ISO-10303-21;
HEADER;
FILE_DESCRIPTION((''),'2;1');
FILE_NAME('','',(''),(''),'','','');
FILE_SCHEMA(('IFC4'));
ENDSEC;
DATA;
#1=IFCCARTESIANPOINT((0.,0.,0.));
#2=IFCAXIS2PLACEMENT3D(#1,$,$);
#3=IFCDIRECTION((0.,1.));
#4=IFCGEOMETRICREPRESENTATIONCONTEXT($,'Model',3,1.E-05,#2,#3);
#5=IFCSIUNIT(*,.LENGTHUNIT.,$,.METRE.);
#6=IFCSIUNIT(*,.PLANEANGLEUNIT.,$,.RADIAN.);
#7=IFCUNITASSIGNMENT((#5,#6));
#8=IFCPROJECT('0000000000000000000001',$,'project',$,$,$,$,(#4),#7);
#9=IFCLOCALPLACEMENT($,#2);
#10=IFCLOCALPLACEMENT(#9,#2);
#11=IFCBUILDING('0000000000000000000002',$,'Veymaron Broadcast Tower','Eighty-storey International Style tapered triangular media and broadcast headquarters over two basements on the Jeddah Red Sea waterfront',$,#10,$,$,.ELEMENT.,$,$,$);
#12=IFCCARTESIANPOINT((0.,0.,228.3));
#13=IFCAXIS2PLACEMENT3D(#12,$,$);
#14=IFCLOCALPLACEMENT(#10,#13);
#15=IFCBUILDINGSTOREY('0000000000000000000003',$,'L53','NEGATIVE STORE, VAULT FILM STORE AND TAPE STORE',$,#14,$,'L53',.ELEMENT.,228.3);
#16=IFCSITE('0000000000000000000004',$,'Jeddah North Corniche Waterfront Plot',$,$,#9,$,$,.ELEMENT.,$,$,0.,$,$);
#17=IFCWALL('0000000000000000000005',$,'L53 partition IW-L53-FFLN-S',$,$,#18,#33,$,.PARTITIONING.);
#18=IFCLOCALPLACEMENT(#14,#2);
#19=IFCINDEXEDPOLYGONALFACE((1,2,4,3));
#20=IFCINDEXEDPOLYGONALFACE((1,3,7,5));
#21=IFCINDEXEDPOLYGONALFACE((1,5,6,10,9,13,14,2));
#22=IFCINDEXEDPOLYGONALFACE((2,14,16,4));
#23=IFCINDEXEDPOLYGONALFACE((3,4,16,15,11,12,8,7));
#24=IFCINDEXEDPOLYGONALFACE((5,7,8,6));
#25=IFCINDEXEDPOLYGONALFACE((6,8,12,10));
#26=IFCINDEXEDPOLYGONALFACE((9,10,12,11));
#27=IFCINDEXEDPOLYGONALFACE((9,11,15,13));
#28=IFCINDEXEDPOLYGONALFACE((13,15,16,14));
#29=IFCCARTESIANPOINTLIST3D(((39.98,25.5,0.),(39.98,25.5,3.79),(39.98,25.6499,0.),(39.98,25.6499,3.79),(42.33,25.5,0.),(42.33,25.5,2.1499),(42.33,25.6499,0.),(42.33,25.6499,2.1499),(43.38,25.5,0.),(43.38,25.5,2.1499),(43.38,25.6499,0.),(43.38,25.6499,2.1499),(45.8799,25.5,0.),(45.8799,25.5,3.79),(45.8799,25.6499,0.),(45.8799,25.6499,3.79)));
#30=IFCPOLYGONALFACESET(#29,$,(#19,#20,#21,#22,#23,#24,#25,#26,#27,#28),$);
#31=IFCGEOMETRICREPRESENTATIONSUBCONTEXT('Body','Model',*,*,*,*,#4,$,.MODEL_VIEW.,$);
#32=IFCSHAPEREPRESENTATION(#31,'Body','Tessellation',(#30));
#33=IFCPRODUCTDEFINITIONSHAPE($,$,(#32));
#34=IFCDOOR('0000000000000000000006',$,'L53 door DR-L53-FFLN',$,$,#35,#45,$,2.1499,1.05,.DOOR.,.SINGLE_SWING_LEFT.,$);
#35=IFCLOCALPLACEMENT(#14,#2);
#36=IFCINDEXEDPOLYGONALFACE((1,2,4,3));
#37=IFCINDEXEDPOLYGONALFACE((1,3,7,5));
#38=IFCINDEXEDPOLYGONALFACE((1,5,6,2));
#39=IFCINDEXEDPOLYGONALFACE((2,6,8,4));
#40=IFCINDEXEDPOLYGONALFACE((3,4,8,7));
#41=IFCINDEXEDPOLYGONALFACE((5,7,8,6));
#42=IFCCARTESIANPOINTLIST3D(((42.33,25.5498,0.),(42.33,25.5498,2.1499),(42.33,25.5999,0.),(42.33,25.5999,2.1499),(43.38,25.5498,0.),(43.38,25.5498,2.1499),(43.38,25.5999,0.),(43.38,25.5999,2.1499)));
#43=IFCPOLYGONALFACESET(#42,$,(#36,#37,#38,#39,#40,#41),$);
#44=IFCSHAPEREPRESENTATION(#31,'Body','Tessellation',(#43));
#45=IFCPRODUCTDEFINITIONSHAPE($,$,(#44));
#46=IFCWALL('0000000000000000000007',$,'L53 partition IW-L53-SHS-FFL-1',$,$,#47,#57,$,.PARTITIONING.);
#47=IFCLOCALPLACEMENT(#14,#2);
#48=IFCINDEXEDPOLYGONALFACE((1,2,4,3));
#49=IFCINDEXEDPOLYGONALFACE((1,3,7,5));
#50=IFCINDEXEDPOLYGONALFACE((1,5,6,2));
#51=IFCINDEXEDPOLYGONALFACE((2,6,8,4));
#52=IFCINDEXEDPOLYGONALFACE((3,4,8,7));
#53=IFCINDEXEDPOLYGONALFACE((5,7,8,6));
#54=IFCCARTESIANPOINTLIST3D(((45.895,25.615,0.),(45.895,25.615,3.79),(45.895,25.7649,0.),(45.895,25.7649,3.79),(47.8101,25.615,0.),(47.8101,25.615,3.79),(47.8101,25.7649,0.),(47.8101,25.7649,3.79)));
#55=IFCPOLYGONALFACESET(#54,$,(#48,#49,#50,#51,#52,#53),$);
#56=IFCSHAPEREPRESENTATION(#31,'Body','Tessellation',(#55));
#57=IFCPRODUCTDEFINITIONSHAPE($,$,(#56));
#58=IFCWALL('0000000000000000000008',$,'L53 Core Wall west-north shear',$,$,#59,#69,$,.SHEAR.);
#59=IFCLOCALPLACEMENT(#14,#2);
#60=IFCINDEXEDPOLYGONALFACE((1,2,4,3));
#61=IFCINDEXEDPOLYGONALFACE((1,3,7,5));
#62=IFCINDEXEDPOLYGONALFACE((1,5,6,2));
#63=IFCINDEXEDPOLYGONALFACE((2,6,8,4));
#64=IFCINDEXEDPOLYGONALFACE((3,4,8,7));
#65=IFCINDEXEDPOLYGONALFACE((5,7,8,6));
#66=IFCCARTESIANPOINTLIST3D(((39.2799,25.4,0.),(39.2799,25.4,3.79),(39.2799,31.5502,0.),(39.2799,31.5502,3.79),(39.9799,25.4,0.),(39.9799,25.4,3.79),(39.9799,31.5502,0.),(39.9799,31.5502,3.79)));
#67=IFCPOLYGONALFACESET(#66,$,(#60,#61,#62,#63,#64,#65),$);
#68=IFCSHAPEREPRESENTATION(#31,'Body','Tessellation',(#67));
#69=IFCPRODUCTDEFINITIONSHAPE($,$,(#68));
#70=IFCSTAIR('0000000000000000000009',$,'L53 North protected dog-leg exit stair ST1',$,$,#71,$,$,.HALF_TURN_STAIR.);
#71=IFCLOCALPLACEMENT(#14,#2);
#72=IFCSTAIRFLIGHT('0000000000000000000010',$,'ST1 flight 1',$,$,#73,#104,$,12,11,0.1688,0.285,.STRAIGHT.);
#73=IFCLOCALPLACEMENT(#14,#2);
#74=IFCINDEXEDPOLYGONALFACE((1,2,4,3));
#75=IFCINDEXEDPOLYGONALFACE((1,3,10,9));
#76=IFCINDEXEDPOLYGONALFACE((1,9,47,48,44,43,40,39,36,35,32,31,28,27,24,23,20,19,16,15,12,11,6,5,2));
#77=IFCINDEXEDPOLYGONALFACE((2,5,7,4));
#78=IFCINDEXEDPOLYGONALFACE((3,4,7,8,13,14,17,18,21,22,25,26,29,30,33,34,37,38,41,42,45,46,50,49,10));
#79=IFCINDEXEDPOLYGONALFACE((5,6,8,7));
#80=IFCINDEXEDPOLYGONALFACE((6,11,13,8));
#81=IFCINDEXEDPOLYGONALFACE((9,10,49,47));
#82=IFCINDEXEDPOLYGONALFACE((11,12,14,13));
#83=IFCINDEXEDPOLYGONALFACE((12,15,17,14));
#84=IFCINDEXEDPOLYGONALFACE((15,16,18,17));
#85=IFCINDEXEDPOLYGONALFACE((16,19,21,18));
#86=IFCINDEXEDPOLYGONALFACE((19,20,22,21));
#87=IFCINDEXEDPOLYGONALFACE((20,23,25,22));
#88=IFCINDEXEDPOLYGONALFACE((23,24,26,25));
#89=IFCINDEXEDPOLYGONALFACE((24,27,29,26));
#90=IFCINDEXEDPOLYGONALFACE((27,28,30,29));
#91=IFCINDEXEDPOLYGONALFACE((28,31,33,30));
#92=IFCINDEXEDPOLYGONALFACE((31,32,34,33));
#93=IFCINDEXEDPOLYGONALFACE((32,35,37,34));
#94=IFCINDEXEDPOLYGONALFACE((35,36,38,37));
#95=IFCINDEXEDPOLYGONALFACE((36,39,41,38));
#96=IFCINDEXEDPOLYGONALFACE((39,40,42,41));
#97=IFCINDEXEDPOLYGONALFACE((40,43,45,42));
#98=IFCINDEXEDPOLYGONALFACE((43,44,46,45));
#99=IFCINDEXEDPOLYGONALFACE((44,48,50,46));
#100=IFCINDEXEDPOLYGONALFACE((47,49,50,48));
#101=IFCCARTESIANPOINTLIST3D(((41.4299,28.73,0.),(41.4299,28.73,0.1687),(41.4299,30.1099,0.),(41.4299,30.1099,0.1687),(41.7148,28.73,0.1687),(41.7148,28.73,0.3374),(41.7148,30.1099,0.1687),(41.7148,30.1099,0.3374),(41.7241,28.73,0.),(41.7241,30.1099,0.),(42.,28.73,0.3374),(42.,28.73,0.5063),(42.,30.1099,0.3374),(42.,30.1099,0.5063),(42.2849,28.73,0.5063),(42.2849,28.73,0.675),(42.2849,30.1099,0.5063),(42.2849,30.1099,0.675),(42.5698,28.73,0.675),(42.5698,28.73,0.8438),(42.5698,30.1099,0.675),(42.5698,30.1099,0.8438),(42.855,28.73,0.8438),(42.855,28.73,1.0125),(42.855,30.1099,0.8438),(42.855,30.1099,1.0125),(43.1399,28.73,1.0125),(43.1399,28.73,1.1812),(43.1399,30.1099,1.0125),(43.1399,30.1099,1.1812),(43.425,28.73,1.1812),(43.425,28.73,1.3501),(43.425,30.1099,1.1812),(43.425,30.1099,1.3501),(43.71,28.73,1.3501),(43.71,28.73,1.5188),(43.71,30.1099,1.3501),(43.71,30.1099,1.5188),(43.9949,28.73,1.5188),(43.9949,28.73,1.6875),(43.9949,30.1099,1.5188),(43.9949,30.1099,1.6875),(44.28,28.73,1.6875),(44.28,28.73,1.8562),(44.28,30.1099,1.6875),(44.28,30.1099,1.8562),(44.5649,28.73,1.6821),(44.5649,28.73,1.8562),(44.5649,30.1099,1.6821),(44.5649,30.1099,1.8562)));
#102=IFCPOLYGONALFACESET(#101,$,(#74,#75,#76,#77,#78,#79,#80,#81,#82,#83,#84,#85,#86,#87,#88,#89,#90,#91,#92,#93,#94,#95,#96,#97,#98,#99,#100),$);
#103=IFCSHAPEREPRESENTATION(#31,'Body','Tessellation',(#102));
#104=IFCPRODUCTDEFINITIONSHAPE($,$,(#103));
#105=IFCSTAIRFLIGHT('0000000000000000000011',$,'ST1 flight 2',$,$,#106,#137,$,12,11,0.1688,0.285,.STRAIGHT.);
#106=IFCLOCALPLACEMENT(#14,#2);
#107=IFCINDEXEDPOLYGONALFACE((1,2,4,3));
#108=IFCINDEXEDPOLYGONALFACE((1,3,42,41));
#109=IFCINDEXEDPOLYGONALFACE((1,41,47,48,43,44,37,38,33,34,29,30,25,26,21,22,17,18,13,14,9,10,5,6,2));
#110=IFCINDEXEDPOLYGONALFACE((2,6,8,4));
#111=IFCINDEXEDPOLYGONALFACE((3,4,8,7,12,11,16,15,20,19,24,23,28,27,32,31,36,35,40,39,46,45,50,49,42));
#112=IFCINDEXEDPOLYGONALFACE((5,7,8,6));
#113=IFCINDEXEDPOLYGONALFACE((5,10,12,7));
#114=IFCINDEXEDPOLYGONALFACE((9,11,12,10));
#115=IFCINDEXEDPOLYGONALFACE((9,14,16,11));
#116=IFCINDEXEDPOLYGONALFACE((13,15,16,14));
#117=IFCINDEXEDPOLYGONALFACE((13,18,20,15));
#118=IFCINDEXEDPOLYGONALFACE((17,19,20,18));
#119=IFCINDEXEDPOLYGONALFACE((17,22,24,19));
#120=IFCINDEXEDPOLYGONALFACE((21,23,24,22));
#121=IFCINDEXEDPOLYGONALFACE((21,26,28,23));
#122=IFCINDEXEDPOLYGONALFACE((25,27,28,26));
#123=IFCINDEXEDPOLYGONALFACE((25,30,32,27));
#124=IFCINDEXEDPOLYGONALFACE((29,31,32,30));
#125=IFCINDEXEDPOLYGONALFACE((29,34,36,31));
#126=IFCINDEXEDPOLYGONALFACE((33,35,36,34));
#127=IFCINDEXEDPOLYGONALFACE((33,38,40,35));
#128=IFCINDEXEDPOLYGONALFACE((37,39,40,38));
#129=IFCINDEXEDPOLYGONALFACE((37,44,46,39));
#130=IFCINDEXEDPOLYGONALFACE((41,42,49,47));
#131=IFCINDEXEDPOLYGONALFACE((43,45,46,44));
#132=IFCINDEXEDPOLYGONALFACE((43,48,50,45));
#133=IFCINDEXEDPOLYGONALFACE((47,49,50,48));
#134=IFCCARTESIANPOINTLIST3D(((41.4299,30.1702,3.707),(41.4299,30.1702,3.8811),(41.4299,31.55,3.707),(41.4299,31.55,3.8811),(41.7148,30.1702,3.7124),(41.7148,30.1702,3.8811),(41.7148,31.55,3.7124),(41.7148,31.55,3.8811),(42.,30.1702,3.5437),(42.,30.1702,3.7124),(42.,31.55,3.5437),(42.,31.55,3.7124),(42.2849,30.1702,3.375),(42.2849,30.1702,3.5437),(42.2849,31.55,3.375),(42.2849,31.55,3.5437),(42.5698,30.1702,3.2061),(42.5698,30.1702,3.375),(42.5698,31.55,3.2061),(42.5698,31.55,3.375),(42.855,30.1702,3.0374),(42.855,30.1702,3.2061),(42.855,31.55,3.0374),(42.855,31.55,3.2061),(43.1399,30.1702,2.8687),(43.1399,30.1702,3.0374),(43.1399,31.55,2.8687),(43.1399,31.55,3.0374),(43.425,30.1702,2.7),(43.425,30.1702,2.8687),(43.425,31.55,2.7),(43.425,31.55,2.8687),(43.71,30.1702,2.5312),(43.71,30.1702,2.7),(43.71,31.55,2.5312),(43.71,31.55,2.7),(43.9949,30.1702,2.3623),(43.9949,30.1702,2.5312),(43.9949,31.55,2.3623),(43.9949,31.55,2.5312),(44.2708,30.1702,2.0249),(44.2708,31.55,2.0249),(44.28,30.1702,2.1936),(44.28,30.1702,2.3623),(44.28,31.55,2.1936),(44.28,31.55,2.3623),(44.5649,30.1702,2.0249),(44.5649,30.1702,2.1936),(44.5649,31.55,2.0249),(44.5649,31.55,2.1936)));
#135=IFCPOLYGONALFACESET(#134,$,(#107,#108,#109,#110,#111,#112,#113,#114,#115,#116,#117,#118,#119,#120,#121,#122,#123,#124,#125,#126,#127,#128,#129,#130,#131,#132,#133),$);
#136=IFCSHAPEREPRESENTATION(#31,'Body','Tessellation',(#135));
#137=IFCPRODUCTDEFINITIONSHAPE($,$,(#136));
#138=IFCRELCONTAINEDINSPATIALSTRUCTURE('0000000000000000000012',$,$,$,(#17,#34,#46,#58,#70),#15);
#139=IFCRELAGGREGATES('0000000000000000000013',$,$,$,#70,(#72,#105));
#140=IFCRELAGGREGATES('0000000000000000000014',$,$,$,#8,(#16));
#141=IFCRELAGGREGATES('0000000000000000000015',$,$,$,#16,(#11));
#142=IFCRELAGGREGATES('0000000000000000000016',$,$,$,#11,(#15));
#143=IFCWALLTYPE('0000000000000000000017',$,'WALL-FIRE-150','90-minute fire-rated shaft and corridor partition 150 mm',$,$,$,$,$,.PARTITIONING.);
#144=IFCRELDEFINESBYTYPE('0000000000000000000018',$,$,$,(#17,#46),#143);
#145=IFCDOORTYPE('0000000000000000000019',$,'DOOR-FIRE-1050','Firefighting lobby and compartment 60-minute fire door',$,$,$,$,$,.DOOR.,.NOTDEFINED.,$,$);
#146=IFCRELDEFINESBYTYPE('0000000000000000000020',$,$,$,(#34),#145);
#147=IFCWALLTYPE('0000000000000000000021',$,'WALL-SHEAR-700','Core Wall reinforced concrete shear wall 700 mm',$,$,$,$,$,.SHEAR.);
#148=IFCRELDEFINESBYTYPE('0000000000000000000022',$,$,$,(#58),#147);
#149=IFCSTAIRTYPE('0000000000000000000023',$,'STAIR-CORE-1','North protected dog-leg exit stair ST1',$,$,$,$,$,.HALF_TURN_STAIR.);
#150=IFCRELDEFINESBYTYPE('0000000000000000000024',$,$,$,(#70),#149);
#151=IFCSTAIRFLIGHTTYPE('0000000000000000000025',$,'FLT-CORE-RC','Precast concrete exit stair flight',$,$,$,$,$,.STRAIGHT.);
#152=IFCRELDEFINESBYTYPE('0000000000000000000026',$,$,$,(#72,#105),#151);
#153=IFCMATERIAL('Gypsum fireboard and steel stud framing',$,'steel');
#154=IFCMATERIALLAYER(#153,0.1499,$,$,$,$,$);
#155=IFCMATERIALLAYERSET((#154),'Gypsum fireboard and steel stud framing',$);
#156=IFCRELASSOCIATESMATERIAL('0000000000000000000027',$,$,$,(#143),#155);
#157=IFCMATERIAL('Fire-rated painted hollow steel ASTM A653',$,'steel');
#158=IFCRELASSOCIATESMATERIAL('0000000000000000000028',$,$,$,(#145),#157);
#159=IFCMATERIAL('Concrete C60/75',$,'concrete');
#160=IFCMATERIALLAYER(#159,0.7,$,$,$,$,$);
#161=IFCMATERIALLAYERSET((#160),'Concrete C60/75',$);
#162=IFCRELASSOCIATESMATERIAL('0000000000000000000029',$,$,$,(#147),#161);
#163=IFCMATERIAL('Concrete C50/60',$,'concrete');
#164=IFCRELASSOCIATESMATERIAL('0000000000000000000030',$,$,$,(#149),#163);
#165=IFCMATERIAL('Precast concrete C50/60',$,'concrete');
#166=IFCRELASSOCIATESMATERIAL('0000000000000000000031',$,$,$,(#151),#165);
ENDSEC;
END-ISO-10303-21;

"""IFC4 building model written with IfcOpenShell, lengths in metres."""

from ifc_helpers import new_model, si_unit, direction, frame, frame_2d, origin, place, context, subcontext, project, spatial, polyline, rectangle, outline, extrude, material, layer, layer_set, type_object, element, fill, aggregate, save


model = new_model("IFC4")

# Units and contexts
model_context = context("Model", 3, precision=1e-05, world=origin(), true_north=direction((0.0, 1.0)))
body_context = subcontext(model_context, "Body", "Model", "MODEL_VIEW")
ifc_project = project(units=[si_unit("LENGTHUNIT", "METRE"), si_unit("PLANEANGLEUNIT", "RADIAN")], contexts=[model_context])

# Site, building, storey
site_placement = place(None, origin())
site = spatial("IfcSite", under=ifc_project, at=site_placement, Name="Jeddah North Corniche Waterfront Plot", CompositionType="ELEMENT", RefElevation=0.0)
building_placement = place(site_placement, origin())
building = spatial("IfcBuilding", under=site, at=building_placement, Name="Veymaron Broadcast Tower", Description="Eighty-storey International Style tapered triangular media and broadcast headquarters over two basements on the Jeddah Red Sea waterfront", CompositionType="ELEMENT")
storey_placement = place(building_placement, frame((0.0, 0.0, 228.3)))
storey = spatial("IfcBuildingStorey", under=building, at=storey_placement, Name="L53", Description="NEGATIVE STORE, VAULT FILM STORE AND TAPE STORE", LongName="L53", CompositionType="ELEMENT", Elevation=228.3)

# Shared definitions
ifc_material_1 = material(Name="Concrete C60/75", Category="concrete")

# Wall, opening, door
ifc_material_2 = material(Name="Gypsum fireboard and steel stud framing", Category="steel")
ifc_layer_1 = layer(ifc_material_2, 0.1499)
ifc_layer_set_1 = layer_set([ifc_layer_1], Name="Gypsum fireboard and steel stud framing")
wall_type_1 = type_object("IfcWallType", Name="WALL-FIRE-150", Description="90-minute fire-rated shaft and corridor partition 150 mm", PredefinedType="PARTITIONING", material=ifc_layer_set_1)
wall_1_placement = place(storey_placement, frame((39.98, 25.575, 0.0), z_axis=(0.0, 0.0, 1.0), x_axis=(1.0, 0.0, 0.0)))
wall_1 = element("IfcWall", 1, at=wall_1_placement, inside=storey, type_object=wall_type_1, Name="L53 partition IW-L53-FFLN-S", PredefinedType="PARTITIONING", context=body_context, shape_type="SweptSolid", body=[
    extrude(rectangle(XDim=5.8999, YDim=0.1499, at=frame_2d((2.95, 0.0))), origin(), (0.0, 0.0, 1.0), 3.79),
])
opening_1_placement = place(wall_1_placement, frame((2.3501, 0.0, 0.0)))
opening_1 = element("IfcOpeningElement", 2, at=opening_1_placement, cuts=wall_1, PredefinedType="OPENING", context=body_context, shape_type="SweptSolid", body=[
    extrude(rectangle(XDim=1.05, YDim=2.1499, at=frame_2d((0.5249, 1.075))), frame((0.0, 0.085, 0.0), z_axis=(0.0, -1.0, 0.0), x_axis=(1.0, 0.0, 0.0)), (0.0, 0.0, 1.0), 0.1699),
])
ifc_material_3 = material(Name="Fire-rated painted hollow steel ASTM A653", Category="steel")
door_type_1 = type_object("IfcDoorType", Name="DOOR-FIRE-1050", Description="Firefighting lobby and compartment 60-minute fire door", OperationType="NOTDEFINED", PredefinedType="DOOR", material=ifc_material_3)
door_1_placement = place(opening_1_placement, origin())
door_1 = element("IfcDoor", 3, at=door_1_placement, inside=storey, type_object=door_type_1, Name="L53 door DR-L53-FFLN", OperationType="SINGLE_SWING_LEFT", OverallHeight=2.1499, OverallWidth=1.05, PredefinedType="DOOR", context=body_context, shape_type="SweptSolid", body=[
    extrude(rectangle(XDim=1.05, YDim=2.1499, at=frame_2d((0.5249, 1.075))), frame((0.0, 0.0249, 0.0), z_axis=(0.0, -1.0, 0.0), x_axis=(1.0, 0.0, 0.0)), (0.0, 0.0, 1.0), 0.05),
])
fill(opening_1, door_1)

# Wall
wall_2_placement = place(storey_placement, frame((45.895, 25.6899, 0.0), z_axis=(0.0, 0.0, 1.0), x_axis=(1.0, 0.0, 0.0)))
element("IfcWall", 4, at=wall_2_placement, inside=storey, type_object=wall_type_1, Name="L53 partition IW-L53-SHS-FFL-1", PredefinedType="PARTITIONING", context=body_context, shape_type="SweptSolid", body=[
    extrude(rectangle(XDim=1.915, YDim=0.1499, at=frame_2d((0.9575, 0.0))), origin(), (0.0, 0.0, 1.0), 3.79),
])

# Shared definitions
ifc_material_4 = material(Name="Concrete C50/60", Category="concrete")

# Wall
ifc_layer_2 = layer(ifc_material_1, 0.7)
ifc_layer_set_2 = layer_set([ifc_layer_2], Name="Concrete C60/75")
wall_type_2 = type_object("IfcWallType", Name="WALL-SHEAR-700", Description="Core Wall reinforced concrete shear wall 700 mm", PredefinedType="SHEAR", material=ifc_layer_set_2)
wall_3_placement = place(storey_placement, frame((39.6299, 25.3999, 0.0), z_axis=(0.0, 0.0, 1.0), x_axis=(0.0, 1.0, 0.0)))
element("IfcWall", 5, at=wall_3_placement, inside=storey, type_object=wall_type_2, Name="L53 Core Wall west-north shear", PredefinedType="SHEAR", context=body_context, shape_type="SweptSolid", body=[
    extrude(rectangle(XDim=6.1501, YDim=0.7, at=frame_2d((3.0752, 0.0))), origin(), (0.0, 0.0, 1.0), 3.79),
])

# Stair, stair flights
stair_type = type_object("IfcStairType", Name="STAIR-CORE-1", Description="North protected dog-leg exit stair ST1", PredefinedType="HALF_TURN_STAIR", material=ifc_material_4)
stair_placement = place(storey_placement, origin())
stair = element("IfcStair", 6, at=stair_placement, inside=storey, type_object=stair_type, Name="L53 North protected dog-leg exit stair ST1", PredefinedType="HALF_TURN_STAIR")
ifc_material_5 = material(Name="Precast concrete C50/60", Category="concrete")
stair_flight_type = type_object("IfcStairFlightType", Name="FLT-CORE-RC", Description="Precast concrete exit stair flight", PredefinedType="STRAIGHT", material=ifc_material_5)
stair_flight_1_placement = place(storey_placement, frame((41.4299, 29.4199, 0.0), z_axis=(0.0, 0.0, 1.0), x_axis=(1.0, 0.0, 0.0)))
stair_flight_1 = element("IfcStairFlight", 7, at=stair_flight_1_placement, type_object=stair_flight_type, Name="ST1 flight 1", NumberOfRisers=12, NumberOfTreads=11, PredefinedType="STRAIGHT", RiserHeight=0.1688, TreadLength=0.285, context=body_context, shape_type="SweptSolid", body=[
    extrude(outline(polyline([(0.0, 0.0), (0.0, 0.1687), (0.2849, 0.1687), (0.2849, 0.3374), (0.5701, 0.3374), (0.5701, 0.5063), (0.855, 0.5063), (0.855, 0.675), (1.1399, 0.675), (1.1399, 0.8438), (1.425, 0.8438), (1.425, 1.0125), (1.71, 1.0125), (1.71, 1.1812), (1.9951, 1.1812), (1.9951, 1.3501), (2.28, 1.3501), (2.28, 1.5188), (2.5649, 1.5188), (2.5649, 1.6875), (2.8501, 1.6875), (2.8501, 1.8562), (3.135, 1.8562), (3.135, 2.0249), (3.135, 1.6821), (0.2942, 0.0), (0.0, 0.0)])), frame((0.0, 0.6899, 0.0), z_axis=(0.0, -1.0, 0.0), x_axis=(1.0, 0.0, 0.0)), (0.0, 0.0, 1.0), 1.3799),
])
stair_flight_2_placement = place(storey_placement, frame((44.5649, 30.8601, 2.0249), z_axis=(0.0, 0.0, 1.0), x_axis=(-1.0, 0.0, 0.0)))
stair_flight_2 = element("IfcStairFlight", 8, at=stair_flight_2_placement, type_object=stair_flight_type, Name="ST1 flight 2", NumberOfRisers=12, NumberOfTreads=11, PredefinedType="STRAIGHT", RiserHeight=0.1688, TreadLength=0.285, context=body_context, shape_type="SweptSolid", body=[
    extrude(outline(polyline([(0.0, 0.0), (0.0, 0.1687), (0.2849, 0.1687), (0.2849, 0.3374), (0.5701, 0.3374), (0.5701, 0.5063), (0.855, 0.5063), (0.855, 0.675), (1.1399, 0.675), (1.1399, 0.8438), (1.425, 0.8438), (1.425, 1.0125), (1.71, 1.0125), (1.71, 1.1812), (1.9951, 1.1812), (1.9951, 1.3501), (2.28, 1.3501), (2.28, 1.5188), (2.5649, 1.5188), (2.5649, 1.6875), (2.8501, 1.6875), (2.8501, 1.8562), (3.135, 1.8562), (3.135, 2.0249), (3.135, 1.6821), (0.2942, 0.0), (0.0, 0.0)])), frame((0.0, 0.6899, 0.0), z_axis=(0.0, -1.0, 0.0), x_axis=(1.0, 0.0, 0.0)), (0.0, 0.0, 1.0), 1.3799),
])
aggregate(stair, [stair_flight_1, stair_flight_2])

save(model, "model.ifc")
